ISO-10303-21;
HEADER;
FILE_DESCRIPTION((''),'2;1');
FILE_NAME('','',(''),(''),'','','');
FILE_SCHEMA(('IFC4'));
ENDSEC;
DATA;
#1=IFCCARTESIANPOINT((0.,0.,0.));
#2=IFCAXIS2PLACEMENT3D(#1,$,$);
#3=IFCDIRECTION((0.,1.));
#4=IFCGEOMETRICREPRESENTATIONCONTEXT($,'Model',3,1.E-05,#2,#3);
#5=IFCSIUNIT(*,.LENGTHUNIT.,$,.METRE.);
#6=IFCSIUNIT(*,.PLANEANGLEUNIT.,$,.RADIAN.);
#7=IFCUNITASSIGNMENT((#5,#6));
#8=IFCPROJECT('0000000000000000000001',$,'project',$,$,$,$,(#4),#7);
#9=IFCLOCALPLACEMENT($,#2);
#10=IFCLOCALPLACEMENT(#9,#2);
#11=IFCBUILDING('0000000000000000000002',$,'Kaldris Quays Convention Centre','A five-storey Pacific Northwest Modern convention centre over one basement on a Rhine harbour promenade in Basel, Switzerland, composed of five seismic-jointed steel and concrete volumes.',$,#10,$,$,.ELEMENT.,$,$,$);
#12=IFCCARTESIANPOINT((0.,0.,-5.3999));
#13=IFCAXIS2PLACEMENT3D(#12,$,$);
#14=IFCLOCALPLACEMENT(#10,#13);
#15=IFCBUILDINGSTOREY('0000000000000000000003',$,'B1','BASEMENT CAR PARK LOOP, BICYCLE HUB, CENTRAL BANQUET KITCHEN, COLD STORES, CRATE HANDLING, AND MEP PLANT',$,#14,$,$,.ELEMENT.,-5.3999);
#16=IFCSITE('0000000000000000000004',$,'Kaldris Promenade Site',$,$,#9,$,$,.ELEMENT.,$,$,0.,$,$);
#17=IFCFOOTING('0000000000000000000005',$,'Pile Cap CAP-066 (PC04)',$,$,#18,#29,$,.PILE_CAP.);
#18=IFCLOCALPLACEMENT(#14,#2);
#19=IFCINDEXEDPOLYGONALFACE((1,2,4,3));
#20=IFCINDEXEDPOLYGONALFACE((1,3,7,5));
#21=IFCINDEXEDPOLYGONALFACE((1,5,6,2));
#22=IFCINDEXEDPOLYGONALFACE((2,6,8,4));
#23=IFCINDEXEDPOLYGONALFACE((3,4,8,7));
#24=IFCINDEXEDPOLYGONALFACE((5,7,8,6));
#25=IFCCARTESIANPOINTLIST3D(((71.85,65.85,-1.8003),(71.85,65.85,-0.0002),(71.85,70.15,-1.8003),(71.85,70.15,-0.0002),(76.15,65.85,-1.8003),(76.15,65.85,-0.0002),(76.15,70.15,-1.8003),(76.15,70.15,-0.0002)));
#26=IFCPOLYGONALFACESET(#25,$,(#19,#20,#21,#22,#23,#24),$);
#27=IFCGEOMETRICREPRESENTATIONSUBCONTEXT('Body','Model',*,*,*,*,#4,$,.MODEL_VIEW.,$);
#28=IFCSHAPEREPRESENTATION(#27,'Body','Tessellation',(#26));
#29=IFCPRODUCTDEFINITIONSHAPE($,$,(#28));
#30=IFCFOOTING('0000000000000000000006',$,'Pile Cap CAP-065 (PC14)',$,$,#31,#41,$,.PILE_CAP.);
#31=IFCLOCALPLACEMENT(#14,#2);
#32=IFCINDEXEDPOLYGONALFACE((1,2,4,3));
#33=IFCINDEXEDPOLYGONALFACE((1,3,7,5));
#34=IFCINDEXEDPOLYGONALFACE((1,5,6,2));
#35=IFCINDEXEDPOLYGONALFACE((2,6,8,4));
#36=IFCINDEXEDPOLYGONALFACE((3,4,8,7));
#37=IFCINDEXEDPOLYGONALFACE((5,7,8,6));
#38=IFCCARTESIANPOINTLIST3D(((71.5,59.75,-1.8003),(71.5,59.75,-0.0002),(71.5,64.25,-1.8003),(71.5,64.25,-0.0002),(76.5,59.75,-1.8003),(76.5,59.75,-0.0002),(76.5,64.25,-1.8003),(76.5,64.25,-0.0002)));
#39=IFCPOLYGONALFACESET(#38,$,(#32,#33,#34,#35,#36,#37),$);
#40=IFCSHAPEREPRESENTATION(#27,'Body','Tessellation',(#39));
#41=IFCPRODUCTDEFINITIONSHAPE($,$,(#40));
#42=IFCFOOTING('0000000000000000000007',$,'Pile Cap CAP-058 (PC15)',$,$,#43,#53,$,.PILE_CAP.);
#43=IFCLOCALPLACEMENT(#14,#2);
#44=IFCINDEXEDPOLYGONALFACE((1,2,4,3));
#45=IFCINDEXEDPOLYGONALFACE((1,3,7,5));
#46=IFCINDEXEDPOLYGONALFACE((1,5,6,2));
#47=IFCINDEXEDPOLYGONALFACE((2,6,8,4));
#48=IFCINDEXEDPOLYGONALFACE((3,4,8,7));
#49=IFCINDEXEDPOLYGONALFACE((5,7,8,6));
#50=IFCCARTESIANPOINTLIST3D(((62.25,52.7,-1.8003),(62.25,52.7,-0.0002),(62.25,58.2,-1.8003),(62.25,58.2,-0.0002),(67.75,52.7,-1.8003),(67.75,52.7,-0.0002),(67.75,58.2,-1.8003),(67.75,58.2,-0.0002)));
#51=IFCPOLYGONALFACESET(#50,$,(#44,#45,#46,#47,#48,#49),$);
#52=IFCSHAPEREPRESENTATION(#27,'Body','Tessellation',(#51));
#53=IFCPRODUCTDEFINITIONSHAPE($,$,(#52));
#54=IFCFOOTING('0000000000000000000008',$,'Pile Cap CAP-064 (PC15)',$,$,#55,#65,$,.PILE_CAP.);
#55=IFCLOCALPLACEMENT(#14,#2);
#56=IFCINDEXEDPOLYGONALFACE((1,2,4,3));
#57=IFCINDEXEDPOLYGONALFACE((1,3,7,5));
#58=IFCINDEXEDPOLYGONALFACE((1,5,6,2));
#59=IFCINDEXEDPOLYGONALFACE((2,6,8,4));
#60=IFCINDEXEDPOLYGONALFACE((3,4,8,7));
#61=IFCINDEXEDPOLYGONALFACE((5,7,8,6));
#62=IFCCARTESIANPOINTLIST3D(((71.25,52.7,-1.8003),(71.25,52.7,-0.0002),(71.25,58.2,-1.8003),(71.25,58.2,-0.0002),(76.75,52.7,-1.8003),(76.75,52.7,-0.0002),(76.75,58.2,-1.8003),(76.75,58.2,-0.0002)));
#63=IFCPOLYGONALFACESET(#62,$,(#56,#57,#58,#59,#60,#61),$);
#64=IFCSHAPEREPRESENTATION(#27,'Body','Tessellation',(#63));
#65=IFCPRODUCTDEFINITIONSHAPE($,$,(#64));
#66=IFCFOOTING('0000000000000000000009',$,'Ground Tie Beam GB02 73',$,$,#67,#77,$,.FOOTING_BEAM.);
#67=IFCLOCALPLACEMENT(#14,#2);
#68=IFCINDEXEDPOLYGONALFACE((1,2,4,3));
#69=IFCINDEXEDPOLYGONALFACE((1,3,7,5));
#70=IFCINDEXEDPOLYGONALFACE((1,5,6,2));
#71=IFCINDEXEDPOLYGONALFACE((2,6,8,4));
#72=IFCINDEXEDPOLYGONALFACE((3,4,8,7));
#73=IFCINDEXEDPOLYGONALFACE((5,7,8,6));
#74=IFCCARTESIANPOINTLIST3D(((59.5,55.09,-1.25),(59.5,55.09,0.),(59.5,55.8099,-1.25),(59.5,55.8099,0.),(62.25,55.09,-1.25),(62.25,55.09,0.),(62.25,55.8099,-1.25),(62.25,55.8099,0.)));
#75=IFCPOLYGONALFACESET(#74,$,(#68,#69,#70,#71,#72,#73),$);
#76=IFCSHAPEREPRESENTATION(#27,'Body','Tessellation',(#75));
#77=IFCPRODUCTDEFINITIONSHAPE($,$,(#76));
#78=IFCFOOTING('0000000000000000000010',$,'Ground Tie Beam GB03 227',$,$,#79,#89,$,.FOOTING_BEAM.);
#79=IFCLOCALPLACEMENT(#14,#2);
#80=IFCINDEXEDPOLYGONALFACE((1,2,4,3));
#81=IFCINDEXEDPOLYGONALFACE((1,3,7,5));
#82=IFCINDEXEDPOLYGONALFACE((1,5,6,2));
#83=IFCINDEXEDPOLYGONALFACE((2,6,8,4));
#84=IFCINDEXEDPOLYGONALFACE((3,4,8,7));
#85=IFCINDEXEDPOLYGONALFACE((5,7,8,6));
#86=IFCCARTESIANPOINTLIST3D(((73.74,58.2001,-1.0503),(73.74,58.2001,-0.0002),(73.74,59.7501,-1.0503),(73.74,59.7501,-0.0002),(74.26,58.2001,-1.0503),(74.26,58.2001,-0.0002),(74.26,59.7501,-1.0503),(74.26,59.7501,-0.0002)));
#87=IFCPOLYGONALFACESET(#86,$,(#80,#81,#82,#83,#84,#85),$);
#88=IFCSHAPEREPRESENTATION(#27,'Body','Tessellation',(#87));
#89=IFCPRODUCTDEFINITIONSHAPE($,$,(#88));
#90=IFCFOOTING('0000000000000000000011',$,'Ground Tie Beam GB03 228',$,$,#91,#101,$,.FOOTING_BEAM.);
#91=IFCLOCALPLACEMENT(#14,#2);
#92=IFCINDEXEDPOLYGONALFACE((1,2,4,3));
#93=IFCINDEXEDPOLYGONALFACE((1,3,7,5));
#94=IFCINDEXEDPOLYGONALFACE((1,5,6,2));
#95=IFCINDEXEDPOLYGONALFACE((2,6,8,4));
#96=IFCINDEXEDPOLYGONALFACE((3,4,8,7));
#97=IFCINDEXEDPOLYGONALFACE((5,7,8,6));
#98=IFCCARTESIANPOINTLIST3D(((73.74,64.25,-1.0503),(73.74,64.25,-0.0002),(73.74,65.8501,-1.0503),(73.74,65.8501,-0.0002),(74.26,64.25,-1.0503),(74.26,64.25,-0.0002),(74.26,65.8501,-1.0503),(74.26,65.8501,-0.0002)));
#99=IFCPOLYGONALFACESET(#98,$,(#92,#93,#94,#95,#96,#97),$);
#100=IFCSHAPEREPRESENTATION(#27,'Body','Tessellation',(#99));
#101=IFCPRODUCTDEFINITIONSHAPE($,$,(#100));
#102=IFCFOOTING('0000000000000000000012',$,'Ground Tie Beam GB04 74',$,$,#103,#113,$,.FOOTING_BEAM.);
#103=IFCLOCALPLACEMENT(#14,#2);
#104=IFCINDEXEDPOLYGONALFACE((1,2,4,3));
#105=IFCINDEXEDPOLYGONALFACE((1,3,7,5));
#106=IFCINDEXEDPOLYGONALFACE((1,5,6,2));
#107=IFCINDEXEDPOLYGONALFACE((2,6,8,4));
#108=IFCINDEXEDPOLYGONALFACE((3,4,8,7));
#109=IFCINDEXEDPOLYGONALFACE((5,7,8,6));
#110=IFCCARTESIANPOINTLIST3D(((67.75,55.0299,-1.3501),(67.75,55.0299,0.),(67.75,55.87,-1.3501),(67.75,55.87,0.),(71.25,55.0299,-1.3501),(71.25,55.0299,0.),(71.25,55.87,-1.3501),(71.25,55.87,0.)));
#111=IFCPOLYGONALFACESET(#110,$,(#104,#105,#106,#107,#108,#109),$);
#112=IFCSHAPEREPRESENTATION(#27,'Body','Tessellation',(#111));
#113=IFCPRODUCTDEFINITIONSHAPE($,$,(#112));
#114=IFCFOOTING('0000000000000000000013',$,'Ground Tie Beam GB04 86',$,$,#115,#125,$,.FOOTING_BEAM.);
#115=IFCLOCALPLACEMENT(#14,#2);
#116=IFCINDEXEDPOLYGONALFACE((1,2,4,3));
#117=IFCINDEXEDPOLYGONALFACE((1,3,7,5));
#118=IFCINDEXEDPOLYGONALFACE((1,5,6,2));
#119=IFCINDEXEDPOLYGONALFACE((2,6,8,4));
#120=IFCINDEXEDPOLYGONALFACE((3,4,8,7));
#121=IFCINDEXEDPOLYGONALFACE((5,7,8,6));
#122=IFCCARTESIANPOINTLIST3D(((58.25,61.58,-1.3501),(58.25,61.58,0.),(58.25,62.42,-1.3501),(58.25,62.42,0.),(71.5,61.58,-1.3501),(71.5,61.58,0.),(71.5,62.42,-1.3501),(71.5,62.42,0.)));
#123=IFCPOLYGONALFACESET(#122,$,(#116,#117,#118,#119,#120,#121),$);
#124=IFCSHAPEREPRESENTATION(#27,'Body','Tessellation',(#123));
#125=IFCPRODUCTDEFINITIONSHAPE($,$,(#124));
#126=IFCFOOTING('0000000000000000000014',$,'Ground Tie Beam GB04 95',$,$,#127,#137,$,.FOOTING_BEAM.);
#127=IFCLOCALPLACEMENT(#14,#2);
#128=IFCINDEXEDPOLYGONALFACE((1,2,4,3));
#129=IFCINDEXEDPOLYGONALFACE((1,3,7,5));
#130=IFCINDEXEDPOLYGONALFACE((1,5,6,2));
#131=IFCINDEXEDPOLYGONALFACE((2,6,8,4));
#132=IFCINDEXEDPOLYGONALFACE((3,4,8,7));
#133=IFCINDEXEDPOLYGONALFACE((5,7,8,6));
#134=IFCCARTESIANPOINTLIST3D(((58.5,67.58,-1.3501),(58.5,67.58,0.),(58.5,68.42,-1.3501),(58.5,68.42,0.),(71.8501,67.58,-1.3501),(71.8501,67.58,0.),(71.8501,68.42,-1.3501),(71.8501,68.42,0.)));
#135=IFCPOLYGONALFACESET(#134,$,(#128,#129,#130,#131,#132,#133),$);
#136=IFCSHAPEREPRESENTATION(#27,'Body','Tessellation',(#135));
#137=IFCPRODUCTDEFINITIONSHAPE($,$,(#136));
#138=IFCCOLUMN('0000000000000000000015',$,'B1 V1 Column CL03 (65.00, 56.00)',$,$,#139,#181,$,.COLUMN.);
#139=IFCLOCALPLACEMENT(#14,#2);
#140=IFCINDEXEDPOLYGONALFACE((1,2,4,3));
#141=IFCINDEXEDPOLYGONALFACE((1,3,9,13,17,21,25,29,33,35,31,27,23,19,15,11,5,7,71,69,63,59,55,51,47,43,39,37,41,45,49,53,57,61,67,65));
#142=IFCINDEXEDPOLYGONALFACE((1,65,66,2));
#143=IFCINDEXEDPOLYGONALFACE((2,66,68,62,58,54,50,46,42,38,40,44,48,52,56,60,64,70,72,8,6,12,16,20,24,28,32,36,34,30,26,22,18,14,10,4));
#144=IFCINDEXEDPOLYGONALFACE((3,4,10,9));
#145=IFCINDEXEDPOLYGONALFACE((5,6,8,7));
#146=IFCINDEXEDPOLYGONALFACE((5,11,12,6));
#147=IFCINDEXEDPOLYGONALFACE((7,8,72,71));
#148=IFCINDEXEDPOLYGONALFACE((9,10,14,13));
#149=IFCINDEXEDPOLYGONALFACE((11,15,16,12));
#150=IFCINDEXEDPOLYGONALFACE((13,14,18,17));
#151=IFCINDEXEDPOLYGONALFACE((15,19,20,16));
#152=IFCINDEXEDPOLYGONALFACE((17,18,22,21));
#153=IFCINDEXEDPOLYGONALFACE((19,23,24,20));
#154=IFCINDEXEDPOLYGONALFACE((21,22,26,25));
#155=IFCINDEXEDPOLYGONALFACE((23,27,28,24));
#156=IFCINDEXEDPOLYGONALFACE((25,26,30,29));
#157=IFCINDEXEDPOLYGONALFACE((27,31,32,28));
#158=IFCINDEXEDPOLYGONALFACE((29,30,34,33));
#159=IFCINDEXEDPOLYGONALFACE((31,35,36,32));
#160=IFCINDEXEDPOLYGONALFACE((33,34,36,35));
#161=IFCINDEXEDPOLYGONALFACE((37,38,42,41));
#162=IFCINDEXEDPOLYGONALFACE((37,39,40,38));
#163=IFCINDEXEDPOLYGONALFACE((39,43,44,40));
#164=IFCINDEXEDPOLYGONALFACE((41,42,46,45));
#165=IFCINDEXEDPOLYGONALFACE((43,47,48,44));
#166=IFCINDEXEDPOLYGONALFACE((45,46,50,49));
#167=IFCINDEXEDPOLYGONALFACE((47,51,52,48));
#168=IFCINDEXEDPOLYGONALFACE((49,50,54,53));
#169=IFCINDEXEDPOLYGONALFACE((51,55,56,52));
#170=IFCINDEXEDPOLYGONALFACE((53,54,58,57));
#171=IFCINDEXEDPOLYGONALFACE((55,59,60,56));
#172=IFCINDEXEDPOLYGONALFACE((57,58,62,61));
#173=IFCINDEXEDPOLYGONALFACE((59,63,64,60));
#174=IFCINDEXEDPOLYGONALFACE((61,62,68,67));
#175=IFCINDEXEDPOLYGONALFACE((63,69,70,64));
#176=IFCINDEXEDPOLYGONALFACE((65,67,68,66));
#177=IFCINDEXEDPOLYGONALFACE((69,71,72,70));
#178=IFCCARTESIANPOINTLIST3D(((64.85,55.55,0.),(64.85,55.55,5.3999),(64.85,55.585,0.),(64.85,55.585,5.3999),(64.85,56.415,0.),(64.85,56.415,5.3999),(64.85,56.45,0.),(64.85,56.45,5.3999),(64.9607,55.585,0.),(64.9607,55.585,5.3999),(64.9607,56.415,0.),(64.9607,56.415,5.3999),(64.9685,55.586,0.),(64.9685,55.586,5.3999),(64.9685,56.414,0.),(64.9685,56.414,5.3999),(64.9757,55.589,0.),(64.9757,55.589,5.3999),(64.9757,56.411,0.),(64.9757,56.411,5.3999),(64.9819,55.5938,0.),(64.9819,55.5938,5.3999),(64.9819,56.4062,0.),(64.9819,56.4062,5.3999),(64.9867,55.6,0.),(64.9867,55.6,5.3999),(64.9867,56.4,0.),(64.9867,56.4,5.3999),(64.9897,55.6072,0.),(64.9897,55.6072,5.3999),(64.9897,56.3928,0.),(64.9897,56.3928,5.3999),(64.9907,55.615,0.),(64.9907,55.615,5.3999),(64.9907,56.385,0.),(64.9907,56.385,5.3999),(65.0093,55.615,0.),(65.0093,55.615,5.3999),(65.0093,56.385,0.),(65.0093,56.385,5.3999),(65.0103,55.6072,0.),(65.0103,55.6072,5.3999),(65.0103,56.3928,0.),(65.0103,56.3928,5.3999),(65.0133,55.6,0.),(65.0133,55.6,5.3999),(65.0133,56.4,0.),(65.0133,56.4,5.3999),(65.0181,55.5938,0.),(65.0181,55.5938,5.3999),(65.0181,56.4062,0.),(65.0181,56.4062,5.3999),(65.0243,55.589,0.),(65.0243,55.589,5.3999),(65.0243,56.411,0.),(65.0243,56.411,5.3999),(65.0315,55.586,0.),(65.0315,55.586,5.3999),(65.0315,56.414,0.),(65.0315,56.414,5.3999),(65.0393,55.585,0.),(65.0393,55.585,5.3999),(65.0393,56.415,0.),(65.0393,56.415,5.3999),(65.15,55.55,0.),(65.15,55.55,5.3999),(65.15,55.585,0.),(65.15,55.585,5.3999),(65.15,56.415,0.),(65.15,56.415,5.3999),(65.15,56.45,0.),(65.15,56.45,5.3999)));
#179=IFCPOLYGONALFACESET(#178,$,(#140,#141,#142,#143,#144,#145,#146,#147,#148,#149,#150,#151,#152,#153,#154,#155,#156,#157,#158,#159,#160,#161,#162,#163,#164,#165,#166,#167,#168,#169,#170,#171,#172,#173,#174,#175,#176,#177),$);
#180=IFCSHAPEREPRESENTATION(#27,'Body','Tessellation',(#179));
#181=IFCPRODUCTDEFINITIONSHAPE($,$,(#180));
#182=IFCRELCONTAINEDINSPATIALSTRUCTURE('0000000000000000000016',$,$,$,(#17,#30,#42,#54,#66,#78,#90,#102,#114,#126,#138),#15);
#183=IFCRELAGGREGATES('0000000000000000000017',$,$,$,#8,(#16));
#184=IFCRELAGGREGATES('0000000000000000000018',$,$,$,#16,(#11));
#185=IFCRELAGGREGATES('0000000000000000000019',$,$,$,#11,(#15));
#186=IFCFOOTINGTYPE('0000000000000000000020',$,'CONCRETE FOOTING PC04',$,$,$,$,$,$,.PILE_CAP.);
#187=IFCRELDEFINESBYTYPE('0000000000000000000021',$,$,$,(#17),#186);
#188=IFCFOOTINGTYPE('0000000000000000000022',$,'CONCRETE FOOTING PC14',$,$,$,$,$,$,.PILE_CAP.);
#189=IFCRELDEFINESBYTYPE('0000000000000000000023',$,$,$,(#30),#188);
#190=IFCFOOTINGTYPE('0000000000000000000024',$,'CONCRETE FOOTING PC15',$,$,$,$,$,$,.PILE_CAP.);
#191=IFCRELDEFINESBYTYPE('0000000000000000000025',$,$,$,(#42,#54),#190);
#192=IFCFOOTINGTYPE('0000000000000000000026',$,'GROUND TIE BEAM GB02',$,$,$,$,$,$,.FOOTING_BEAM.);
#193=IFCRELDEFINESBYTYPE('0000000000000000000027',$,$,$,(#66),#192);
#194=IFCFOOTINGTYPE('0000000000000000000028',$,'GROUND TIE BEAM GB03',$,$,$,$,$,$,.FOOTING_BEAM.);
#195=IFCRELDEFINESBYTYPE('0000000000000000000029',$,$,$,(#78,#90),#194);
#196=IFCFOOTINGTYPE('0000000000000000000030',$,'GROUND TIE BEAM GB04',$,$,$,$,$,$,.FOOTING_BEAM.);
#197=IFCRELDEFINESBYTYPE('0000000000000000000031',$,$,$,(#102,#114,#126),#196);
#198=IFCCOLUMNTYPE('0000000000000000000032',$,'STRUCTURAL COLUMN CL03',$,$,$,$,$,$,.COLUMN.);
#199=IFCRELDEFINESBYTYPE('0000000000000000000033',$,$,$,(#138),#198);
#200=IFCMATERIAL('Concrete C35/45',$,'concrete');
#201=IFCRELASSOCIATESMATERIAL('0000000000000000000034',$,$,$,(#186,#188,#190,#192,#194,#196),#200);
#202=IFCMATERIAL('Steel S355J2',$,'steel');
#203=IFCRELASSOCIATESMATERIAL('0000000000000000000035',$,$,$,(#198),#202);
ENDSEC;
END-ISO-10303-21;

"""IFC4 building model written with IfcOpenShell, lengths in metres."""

from ifc_helpers import new_model, si_unit, direction, frame, origin, origin_2d, place, context, subcontext, project, spatial, rectangle, i_section, extrude, material, material_profile, profile_set, type_object, element, save


model = new_model("IFC4")

# Units and contexts
model_context = context("Model", 3, precision=1e-05, world=origin(), true_north=direction((0.0, 1.0)))
body_context = subcontext(model_context, "Body", "Model", "MODEL_VIEW")
ifc_project = project(units=[si_unit("LENGTHUNIT", "METRE"), si_unit("PLANEANGLEUNIT", "RADIAN")], contexts=[model_context])

# Site, building, storey
site_placement = place(None, origin())
site = spatial("IfcSite", under=ifc_project, at=site_placement, Name="Kaldris Promenade Site", CompositionType="ELEMENT", RefElevation=0.0)
building_placement = place(site_placement, origin())
building = spatial("IfcBuilding", under=site, at=building_placement, Name="Kaldris Quays Convention Centre", Description="A five-storey Pacific Northwest Modern convention centre over one basement on a Rhine harbour promenade in Basel, Switzerland, composed of five seismic-jointed steel and concrete volumes.", CompositionType="ELEMENT")
storey_placement = place(building_placement, frame((0.0, 0.0, -5.3999)))
storey = spatial("IfcBuildingStorey", under=building, at=storey_placement, Name="B1", Description="BASEMENT CAR PARK LOOP, BICYCLE HUB, CENTRAL BANQUET KITCHEN, COLD STORES, CRATE HANDLING, AND MEP PLANT", CompositionType="ELEMENT", Elevation=-5.3999)

# Shared definitions
ifc_material_1 = material(Name="Concrete C35/45", Category="concrete")

# Footings
footing_type_1 = type_object("IfcFootingType", Name="CONCRETE FOOTING PC04", PredefinedType="PILE_CAP", material=ifc_material_1)
footing_1_placement = place(storey_placement, frame((74.0, 68.0, -1.8003), z_axis=(0.0, 0.0, 1.0), x_axis=(1.0, 0.0, 0.0)))
element("IfcFooting", 1, at=footing_1_placement, inside=storey, type_object=footing_type_1, Name="Pile Cap CAP-066 (PC04)", PredefinedType="PILE_CAP", context=body_context, shape_type="SweptSolid", body=[
    extrude(rectangle(XDim=4.3, YDim=4.3, at=origin_2d()), origin(), (0.0, 0.0, 1.0), 1.8),
])
footing_type_2 = type_object("IfcFootingType", Name="CONCRETE FOOTING PC14", PredefinedType="PILE_CAP", material=ifc_material_1)
footing_2_placement = place(storey_placement, frame((74.0, 62.0, -1.8003), z_axis=(0.0, 0.0, 1.0), x_axis=(1.0, 0.0, 0.0)))
element("IfcFooting", 2, at=footing_2_placement, inside=storey, type_object=footing_type_2, Name="Pile Cap CAP-065 (PC14)", PredefinedType="PILE_CAP", context=body_context, shape_type="SweptSolid", body=[
    extrude(rectangle(XDim=5.0, YDim=4.5, at=origin_2d()), origin(), (0.0, 0.0, 1.0), 1.8),
])
footing_type_3 = type_object("IfcFootingType", Name="CONCRETE FOOTING PC15", PredefinedType="PILE_CAP", material=ifc_material_1)
for number, where, z_axis, x_axis, name in (
    (3, (65.0, 55.45, -1.8003), (0.0, 0.0, 1.0), (1.0, 0.0, 0.0), "Pile Cap CAP-058 (PC15)"),
    (4, (74.0, 55.45, -1.8003), (0.0, 0.0, 1.0), (1.0, 0.0, 0.0), "Pile Cap CAP-064 (PC15)"),
):
    element("IfcFooting", number, at=place(storey_placement, frame(where, z_axis=z_axis, x_axis=x_axis)), inside=storey, type_object=footing_type_3, Name=name, PredefinedType="PILE_CAP", context=body_context, shape_type="SweptSolid", body=[
        extrude(rectangle(XDim=5.5, YDim=5.5, at=origin_2d()), origin(), (0.0, 0.0, 1.0), 1.8),
    ])
footing_type_4 = type_object("IfcFootingType", Name="GROUND TIE BEAM GB02", PredefinedType="FOOTING_BEAM", material=ifc_material_1)
footing_3_placement = place(storey_placement, frame((60.875, 55.45, -1.25), z_axis=(0.0, 0.0, 1.0), x_axis=(1.0, 0.0, 0.0)))
element("IfcFooting", 5, at=footing_3_placement, inside=storey, type_object=footing_type_4, Name="Ground Tie Beam GB02 73", PredefinedType="FOOTING_BEAM", context=body_context, shape_type="SweptSolid", body=[
    extrude(rectangle(XDim=2.75, YDim=0.72, at=origin_2d()), origin(), (0.0, 0.0, 1.0), 1.25),
])
footing_type_5 = type_object("IfcFootingType", Name="GROUND TIE BEAM GB03", PredefinedType="FOOTING_BEAM", material=ifc_material_1)
footing_4_placement = place(storey_placement, frame((74.0, 58.9751, -1.0503), z_axis=(0.0, 0.0, 1.0), x_axis=(1.0, 0.0, 0.0)))
element("IfcFooting", 6, at=footing_4_placement, inside=storey, type_object=footing_type_5, Name="Ground Tie Beam GB03 227", PredefinedType="FOOTING_BEAM", context=body_context, shape_type="SweptSolid", body=[
    extrude(rectangle(XDim=0.52, YDim=1.55, at=origin_2d()), origin(), (0.0, 0.0, 1.0), 1.05),
])
footing_5_placement = place(storey_placement, frame((74.0, 65.05, -1.0503), z_axis=(0.0, 0.0, 1.0), x_axis=(1.0, 0.0, 0.0)))
element("IfcFooting", 7, at=footing_5_placement, inside=storey, type_object=footing_type_5, Name="Ground Tie Beam GB03 228", PredefinedType="FOOTING_BEAM", context=body_context, shape_type="SweptSolid", body=[
    extrude(rectangle(XDim=0.52, YDim=1.6001, at=origin_2d()), origin(), (0.0, 0.0, 1.0), 1.05),
])
footing_type_6 = type_object("IfcFootingType", Name="GROUND TIE BEAM GB04", PredefinedType="FOOTING_BEAM", material=ifc_material_1)
footing_6_placement = place(storey_placement, frame((69.5, 55.45, -1.3501), z_axis=(0.0, 0.0, 1.0), x_axis=(1.0, 0.0, 0.0)))
element("IfcFooting", 8, at=footing_6_placement, inside=storey, type_object=footing_type_6, Name="Ground Tie Beam GB04 74", PredefinedType="FOOTING_BEAM", context=body_context, shape_type="SweptSolid", body=[
    extrude(rectangle(XDim=3.5, YDim=0.8401, at=origin_2d()), origin(), (0.0, 0.0, 1.0), 1.3501),
])
footing_7_placement = place(storey_placement, frame((64.875, 62.0, -1.3501), z_axis=(0.0, 0.0, 1.0), x_axis=(1.0, 0.0, 0.0)))
element("IfcFooting", 9, at=footing_7_placement, inside=storey, type_object=footing_type_6, Name="Ground Tie Beam GB04 86", PredefinedType="FOOTING_BEAM", context=body_context, shape_type="SweptSolid", body=[
    extrude(rectangle(XDim=13.25, YDim=0.8401, at=origin_2d()), origin(), (0.0, 0.0, 1.0), 1.3501),
])
footing_8_placement = place(storey_placement, frame((65.175, 68.0, -1.3501), z_axis=(0.0, 0.0, 1.0), x_axis=(1.0, 0.0, 0.0)))
element("IfcFooting", 10, at=footing_8_placement, inside=storey, type_object=footing_type_6, Name="Ground Tie Beam GB04 95", PredefinedType="FOOTING_BEAM", context=body_context, shape_type="SweptSolid", body=[
    extrude(rectangle(XDim=13.3501, YDim=0.8401, at=origin_2d()), origin(), (0.0, 0.0, 1.0), 1.3501),
])

# Column
ifc_material_2 = material(Name="Steel S355J2", Category="steel")
ifc_material_profile_1 = material_profile(ifc_material_2, i_section(OverallWidth=0.3, OverallDepth=0.8999, WebThickness=0.0186, FlangeThickness=0.0349, FilletRadius=0.03, at=origin_2d()), Name="HEB 900")
ifc_profile_set_1 = profile_set([ifc_material_profile_1], Name="Steel S355J2")
column_type_1 = type_object("IfcColumnType", Name="STRUCTURAL COLUMN CL03", PredefinedType="COLUMN", material=ifc_profile_set_1)
for number, where, z_axis, x_axis, name in (
    (11, (65.0, 56.0, 0.0), (0.0, 0.0, 1.0), (1.0, 0.0, 0.0), "B1 V1 Column CL03 (65.00, 56.00)"),
):
    element("IfcColumn", number, at=place(storey_placement, frame(where, z_axis=z_axis, x_axis=x_axis)), inside=storey, type_object=column_type_1, Name=name, PredefinedType="COLUMN", context=body_context, shape_type="SweptSolid", body=[
        extrude(i_section(OverallWidth=0.3, OverallDepth=0.8999, WebThickness=0.0186, FlangeThickness=0.0349, FilletRadius=0.03, at=origin_2d()), origin(), (0.0, 0.0, 1.0), 5.3999),
    ])

save(model, "model.ifc")
